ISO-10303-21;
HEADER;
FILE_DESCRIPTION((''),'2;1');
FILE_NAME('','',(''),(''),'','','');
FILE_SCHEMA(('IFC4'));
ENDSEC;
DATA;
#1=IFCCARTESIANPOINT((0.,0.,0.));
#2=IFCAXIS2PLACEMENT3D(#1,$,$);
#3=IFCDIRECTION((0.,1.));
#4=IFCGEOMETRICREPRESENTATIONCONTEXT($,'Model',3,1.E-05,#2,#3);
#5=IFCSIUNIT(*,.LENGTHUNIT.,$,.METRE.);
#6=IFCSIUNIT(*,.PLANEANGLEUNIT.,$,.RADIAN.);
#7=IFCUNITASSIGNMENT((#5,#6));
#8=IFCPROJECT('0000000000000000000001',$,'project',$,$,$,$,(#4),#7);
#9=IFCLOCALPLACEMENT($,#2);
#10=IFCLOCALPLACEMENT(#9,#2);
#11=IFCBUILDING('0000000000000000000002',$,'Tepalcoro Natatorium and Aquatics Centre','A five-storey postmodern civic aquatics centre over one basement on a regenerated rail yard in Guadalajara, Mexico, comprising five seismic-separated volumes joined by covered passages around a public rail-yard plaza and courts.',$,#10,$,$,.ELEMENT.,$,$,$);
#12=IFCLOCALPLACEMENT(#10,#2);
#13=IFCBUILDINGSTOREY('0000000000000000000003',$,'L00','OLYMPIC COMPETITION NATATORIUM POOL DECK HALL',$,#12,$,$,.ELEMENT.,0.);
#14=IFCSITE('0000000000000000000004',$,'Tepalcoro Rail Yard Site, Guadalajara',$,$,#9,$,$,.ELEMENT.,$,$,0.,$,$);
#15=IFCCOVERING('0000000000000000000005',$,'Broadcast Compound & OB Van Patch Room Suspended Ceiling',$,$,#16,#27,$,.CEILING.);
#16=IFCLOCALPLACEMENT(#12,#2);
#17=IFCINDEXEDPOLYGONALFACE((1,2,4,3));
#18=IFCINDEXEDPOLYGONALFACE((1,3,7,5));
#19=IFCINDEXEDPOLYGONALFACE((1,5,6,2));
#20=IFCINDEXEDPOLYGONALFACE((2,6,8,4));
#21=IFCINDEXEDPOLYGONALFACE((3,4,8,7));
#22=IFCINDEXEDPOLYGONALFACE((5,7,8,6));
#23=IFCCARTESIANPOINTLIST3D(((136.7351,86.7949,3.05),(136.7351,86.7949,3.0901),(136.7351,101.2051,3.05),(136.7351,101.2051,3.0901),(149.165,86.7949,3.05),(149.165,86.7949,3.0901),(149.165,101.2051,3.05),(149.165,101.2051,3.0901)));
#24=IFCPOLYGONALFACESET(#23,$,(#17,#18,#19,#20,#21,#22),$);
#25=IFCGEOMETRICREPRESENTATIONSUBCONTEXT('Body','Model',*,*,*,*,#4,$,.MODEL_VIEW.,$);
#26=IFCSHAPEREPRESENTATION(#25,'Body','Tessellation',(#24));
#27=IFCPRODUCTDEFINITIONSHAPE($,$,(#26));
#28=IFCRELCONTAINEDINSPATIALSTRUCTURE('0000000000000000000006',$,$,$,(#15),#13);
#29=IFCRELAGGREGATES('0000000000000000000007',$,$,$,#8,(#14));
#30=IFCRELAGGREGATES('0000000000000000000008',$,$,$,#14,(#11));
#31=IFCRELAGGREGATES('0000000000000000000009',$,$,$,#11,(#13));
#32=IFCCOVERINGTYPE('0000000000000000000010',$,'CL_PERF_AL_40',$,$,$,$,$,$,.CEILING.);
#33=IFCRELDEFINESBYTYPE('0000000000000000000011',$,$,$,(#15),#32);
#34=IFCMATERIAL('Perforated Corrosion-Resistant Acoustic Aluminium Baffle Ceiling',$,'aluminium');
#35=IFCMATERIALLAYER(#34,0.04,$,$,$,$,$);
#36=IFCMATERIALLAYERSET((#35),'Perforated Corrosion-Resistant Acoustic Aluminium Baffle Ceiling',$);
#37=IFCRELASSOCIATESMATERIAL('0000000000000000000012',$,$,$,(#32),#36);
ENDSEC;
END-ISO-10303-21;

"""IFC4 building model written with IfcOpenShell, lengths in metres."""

from ifc_helpers import new_model, si_unit, direction, frame, origin, place, context, subcontext, project, spatial, polyline, outline, extrude, material, layer, layer_set, type_object, element, save


model = new_model("IFC4")

# Units and contexts
model_context = context("Model", 3, precision=1e-05, world=origin(), true_north=direction((0.0, 1.0)))
body_context = subcontext(model_context, "Body", "Model", "MODEL_VIEW")
ifc_project = project(units=[si_unit("LENGTHUNIT", "METRE"), si_unit("PLANEANGLEUNIT", "RADIAN")], contexts=[model_context])

# Site, building, storey
site_placement = place(None, origin())
site = spatial("IfcSite", under=ifc_project, at=site_placement, Name="Tepalcoro Rail Yard Site, Guadalajara", CompositionType="ELEMENT", RefElevation=0.0)
building_placement = place(site_placement, origin())
building = spatial("IfcBuilding", under=site, at=building_placement, Name="Tepalcoro Natatorium and Aquatics Centre", Description="A five-storey postmodern civic aquatics centre over one basement on a regenerated rail yard in Guadalajara, Mexico, comprising five seismic-separated volumes joined by covered passages around a public rail-yard plaza and courts.", CompositionType="ELEMENT")
storey_placement = place(building_placement, origin())
storey = spatial("IfcBuildingStorey", under=building, at=storey_placement, Name="L00", Description="OLYMPIC COMPETITION NATATORIUM POOL DECK HALL", CompositionType="ELEMENT", Elevation=0.0)

# Covering
ifc_material_1 = material(Name="Perforated Corrosion-Resistant Acoustic Aluminium Baffle Ceiling", Category="aluminium")
ifc_layer_1 = layer(ifc_material_1, 0.04)
ifc_layer_set_1 = layer_set([ifc_layer_1], Name="Perforated Corrosion-Resistant Acoustic Aluminium Baffle Ceiling")
covering_type_1 = type_object("IfcCoveringType", Name="CL_PERF_AL_40", PredefinedType="CEILING", material=ifc_layer_set_1)
covering_1_placement = place(storey_placement, frame((0.0, 0.0, 3.05)))
element("IfcCovering", 1, at=covering_1_placement, inside=storey, type_object=covering_type_1, Name="Broadcast Compound & OB Van Patch Room Suspended Ceiling", PredefinedType="CEILING", context=body_context, shape_type="SweptSolid", body=[
    extrude(outline(polyline([(136.7351, 86.7949), (136.7351, 101.2051), (149.165, 101.2051), (149.165, 86.7949), (136.7351, 86.7949)])), origin(), (0.0, 0.0, 1.0), 0.04),
])

save(model, "model.ifc")
